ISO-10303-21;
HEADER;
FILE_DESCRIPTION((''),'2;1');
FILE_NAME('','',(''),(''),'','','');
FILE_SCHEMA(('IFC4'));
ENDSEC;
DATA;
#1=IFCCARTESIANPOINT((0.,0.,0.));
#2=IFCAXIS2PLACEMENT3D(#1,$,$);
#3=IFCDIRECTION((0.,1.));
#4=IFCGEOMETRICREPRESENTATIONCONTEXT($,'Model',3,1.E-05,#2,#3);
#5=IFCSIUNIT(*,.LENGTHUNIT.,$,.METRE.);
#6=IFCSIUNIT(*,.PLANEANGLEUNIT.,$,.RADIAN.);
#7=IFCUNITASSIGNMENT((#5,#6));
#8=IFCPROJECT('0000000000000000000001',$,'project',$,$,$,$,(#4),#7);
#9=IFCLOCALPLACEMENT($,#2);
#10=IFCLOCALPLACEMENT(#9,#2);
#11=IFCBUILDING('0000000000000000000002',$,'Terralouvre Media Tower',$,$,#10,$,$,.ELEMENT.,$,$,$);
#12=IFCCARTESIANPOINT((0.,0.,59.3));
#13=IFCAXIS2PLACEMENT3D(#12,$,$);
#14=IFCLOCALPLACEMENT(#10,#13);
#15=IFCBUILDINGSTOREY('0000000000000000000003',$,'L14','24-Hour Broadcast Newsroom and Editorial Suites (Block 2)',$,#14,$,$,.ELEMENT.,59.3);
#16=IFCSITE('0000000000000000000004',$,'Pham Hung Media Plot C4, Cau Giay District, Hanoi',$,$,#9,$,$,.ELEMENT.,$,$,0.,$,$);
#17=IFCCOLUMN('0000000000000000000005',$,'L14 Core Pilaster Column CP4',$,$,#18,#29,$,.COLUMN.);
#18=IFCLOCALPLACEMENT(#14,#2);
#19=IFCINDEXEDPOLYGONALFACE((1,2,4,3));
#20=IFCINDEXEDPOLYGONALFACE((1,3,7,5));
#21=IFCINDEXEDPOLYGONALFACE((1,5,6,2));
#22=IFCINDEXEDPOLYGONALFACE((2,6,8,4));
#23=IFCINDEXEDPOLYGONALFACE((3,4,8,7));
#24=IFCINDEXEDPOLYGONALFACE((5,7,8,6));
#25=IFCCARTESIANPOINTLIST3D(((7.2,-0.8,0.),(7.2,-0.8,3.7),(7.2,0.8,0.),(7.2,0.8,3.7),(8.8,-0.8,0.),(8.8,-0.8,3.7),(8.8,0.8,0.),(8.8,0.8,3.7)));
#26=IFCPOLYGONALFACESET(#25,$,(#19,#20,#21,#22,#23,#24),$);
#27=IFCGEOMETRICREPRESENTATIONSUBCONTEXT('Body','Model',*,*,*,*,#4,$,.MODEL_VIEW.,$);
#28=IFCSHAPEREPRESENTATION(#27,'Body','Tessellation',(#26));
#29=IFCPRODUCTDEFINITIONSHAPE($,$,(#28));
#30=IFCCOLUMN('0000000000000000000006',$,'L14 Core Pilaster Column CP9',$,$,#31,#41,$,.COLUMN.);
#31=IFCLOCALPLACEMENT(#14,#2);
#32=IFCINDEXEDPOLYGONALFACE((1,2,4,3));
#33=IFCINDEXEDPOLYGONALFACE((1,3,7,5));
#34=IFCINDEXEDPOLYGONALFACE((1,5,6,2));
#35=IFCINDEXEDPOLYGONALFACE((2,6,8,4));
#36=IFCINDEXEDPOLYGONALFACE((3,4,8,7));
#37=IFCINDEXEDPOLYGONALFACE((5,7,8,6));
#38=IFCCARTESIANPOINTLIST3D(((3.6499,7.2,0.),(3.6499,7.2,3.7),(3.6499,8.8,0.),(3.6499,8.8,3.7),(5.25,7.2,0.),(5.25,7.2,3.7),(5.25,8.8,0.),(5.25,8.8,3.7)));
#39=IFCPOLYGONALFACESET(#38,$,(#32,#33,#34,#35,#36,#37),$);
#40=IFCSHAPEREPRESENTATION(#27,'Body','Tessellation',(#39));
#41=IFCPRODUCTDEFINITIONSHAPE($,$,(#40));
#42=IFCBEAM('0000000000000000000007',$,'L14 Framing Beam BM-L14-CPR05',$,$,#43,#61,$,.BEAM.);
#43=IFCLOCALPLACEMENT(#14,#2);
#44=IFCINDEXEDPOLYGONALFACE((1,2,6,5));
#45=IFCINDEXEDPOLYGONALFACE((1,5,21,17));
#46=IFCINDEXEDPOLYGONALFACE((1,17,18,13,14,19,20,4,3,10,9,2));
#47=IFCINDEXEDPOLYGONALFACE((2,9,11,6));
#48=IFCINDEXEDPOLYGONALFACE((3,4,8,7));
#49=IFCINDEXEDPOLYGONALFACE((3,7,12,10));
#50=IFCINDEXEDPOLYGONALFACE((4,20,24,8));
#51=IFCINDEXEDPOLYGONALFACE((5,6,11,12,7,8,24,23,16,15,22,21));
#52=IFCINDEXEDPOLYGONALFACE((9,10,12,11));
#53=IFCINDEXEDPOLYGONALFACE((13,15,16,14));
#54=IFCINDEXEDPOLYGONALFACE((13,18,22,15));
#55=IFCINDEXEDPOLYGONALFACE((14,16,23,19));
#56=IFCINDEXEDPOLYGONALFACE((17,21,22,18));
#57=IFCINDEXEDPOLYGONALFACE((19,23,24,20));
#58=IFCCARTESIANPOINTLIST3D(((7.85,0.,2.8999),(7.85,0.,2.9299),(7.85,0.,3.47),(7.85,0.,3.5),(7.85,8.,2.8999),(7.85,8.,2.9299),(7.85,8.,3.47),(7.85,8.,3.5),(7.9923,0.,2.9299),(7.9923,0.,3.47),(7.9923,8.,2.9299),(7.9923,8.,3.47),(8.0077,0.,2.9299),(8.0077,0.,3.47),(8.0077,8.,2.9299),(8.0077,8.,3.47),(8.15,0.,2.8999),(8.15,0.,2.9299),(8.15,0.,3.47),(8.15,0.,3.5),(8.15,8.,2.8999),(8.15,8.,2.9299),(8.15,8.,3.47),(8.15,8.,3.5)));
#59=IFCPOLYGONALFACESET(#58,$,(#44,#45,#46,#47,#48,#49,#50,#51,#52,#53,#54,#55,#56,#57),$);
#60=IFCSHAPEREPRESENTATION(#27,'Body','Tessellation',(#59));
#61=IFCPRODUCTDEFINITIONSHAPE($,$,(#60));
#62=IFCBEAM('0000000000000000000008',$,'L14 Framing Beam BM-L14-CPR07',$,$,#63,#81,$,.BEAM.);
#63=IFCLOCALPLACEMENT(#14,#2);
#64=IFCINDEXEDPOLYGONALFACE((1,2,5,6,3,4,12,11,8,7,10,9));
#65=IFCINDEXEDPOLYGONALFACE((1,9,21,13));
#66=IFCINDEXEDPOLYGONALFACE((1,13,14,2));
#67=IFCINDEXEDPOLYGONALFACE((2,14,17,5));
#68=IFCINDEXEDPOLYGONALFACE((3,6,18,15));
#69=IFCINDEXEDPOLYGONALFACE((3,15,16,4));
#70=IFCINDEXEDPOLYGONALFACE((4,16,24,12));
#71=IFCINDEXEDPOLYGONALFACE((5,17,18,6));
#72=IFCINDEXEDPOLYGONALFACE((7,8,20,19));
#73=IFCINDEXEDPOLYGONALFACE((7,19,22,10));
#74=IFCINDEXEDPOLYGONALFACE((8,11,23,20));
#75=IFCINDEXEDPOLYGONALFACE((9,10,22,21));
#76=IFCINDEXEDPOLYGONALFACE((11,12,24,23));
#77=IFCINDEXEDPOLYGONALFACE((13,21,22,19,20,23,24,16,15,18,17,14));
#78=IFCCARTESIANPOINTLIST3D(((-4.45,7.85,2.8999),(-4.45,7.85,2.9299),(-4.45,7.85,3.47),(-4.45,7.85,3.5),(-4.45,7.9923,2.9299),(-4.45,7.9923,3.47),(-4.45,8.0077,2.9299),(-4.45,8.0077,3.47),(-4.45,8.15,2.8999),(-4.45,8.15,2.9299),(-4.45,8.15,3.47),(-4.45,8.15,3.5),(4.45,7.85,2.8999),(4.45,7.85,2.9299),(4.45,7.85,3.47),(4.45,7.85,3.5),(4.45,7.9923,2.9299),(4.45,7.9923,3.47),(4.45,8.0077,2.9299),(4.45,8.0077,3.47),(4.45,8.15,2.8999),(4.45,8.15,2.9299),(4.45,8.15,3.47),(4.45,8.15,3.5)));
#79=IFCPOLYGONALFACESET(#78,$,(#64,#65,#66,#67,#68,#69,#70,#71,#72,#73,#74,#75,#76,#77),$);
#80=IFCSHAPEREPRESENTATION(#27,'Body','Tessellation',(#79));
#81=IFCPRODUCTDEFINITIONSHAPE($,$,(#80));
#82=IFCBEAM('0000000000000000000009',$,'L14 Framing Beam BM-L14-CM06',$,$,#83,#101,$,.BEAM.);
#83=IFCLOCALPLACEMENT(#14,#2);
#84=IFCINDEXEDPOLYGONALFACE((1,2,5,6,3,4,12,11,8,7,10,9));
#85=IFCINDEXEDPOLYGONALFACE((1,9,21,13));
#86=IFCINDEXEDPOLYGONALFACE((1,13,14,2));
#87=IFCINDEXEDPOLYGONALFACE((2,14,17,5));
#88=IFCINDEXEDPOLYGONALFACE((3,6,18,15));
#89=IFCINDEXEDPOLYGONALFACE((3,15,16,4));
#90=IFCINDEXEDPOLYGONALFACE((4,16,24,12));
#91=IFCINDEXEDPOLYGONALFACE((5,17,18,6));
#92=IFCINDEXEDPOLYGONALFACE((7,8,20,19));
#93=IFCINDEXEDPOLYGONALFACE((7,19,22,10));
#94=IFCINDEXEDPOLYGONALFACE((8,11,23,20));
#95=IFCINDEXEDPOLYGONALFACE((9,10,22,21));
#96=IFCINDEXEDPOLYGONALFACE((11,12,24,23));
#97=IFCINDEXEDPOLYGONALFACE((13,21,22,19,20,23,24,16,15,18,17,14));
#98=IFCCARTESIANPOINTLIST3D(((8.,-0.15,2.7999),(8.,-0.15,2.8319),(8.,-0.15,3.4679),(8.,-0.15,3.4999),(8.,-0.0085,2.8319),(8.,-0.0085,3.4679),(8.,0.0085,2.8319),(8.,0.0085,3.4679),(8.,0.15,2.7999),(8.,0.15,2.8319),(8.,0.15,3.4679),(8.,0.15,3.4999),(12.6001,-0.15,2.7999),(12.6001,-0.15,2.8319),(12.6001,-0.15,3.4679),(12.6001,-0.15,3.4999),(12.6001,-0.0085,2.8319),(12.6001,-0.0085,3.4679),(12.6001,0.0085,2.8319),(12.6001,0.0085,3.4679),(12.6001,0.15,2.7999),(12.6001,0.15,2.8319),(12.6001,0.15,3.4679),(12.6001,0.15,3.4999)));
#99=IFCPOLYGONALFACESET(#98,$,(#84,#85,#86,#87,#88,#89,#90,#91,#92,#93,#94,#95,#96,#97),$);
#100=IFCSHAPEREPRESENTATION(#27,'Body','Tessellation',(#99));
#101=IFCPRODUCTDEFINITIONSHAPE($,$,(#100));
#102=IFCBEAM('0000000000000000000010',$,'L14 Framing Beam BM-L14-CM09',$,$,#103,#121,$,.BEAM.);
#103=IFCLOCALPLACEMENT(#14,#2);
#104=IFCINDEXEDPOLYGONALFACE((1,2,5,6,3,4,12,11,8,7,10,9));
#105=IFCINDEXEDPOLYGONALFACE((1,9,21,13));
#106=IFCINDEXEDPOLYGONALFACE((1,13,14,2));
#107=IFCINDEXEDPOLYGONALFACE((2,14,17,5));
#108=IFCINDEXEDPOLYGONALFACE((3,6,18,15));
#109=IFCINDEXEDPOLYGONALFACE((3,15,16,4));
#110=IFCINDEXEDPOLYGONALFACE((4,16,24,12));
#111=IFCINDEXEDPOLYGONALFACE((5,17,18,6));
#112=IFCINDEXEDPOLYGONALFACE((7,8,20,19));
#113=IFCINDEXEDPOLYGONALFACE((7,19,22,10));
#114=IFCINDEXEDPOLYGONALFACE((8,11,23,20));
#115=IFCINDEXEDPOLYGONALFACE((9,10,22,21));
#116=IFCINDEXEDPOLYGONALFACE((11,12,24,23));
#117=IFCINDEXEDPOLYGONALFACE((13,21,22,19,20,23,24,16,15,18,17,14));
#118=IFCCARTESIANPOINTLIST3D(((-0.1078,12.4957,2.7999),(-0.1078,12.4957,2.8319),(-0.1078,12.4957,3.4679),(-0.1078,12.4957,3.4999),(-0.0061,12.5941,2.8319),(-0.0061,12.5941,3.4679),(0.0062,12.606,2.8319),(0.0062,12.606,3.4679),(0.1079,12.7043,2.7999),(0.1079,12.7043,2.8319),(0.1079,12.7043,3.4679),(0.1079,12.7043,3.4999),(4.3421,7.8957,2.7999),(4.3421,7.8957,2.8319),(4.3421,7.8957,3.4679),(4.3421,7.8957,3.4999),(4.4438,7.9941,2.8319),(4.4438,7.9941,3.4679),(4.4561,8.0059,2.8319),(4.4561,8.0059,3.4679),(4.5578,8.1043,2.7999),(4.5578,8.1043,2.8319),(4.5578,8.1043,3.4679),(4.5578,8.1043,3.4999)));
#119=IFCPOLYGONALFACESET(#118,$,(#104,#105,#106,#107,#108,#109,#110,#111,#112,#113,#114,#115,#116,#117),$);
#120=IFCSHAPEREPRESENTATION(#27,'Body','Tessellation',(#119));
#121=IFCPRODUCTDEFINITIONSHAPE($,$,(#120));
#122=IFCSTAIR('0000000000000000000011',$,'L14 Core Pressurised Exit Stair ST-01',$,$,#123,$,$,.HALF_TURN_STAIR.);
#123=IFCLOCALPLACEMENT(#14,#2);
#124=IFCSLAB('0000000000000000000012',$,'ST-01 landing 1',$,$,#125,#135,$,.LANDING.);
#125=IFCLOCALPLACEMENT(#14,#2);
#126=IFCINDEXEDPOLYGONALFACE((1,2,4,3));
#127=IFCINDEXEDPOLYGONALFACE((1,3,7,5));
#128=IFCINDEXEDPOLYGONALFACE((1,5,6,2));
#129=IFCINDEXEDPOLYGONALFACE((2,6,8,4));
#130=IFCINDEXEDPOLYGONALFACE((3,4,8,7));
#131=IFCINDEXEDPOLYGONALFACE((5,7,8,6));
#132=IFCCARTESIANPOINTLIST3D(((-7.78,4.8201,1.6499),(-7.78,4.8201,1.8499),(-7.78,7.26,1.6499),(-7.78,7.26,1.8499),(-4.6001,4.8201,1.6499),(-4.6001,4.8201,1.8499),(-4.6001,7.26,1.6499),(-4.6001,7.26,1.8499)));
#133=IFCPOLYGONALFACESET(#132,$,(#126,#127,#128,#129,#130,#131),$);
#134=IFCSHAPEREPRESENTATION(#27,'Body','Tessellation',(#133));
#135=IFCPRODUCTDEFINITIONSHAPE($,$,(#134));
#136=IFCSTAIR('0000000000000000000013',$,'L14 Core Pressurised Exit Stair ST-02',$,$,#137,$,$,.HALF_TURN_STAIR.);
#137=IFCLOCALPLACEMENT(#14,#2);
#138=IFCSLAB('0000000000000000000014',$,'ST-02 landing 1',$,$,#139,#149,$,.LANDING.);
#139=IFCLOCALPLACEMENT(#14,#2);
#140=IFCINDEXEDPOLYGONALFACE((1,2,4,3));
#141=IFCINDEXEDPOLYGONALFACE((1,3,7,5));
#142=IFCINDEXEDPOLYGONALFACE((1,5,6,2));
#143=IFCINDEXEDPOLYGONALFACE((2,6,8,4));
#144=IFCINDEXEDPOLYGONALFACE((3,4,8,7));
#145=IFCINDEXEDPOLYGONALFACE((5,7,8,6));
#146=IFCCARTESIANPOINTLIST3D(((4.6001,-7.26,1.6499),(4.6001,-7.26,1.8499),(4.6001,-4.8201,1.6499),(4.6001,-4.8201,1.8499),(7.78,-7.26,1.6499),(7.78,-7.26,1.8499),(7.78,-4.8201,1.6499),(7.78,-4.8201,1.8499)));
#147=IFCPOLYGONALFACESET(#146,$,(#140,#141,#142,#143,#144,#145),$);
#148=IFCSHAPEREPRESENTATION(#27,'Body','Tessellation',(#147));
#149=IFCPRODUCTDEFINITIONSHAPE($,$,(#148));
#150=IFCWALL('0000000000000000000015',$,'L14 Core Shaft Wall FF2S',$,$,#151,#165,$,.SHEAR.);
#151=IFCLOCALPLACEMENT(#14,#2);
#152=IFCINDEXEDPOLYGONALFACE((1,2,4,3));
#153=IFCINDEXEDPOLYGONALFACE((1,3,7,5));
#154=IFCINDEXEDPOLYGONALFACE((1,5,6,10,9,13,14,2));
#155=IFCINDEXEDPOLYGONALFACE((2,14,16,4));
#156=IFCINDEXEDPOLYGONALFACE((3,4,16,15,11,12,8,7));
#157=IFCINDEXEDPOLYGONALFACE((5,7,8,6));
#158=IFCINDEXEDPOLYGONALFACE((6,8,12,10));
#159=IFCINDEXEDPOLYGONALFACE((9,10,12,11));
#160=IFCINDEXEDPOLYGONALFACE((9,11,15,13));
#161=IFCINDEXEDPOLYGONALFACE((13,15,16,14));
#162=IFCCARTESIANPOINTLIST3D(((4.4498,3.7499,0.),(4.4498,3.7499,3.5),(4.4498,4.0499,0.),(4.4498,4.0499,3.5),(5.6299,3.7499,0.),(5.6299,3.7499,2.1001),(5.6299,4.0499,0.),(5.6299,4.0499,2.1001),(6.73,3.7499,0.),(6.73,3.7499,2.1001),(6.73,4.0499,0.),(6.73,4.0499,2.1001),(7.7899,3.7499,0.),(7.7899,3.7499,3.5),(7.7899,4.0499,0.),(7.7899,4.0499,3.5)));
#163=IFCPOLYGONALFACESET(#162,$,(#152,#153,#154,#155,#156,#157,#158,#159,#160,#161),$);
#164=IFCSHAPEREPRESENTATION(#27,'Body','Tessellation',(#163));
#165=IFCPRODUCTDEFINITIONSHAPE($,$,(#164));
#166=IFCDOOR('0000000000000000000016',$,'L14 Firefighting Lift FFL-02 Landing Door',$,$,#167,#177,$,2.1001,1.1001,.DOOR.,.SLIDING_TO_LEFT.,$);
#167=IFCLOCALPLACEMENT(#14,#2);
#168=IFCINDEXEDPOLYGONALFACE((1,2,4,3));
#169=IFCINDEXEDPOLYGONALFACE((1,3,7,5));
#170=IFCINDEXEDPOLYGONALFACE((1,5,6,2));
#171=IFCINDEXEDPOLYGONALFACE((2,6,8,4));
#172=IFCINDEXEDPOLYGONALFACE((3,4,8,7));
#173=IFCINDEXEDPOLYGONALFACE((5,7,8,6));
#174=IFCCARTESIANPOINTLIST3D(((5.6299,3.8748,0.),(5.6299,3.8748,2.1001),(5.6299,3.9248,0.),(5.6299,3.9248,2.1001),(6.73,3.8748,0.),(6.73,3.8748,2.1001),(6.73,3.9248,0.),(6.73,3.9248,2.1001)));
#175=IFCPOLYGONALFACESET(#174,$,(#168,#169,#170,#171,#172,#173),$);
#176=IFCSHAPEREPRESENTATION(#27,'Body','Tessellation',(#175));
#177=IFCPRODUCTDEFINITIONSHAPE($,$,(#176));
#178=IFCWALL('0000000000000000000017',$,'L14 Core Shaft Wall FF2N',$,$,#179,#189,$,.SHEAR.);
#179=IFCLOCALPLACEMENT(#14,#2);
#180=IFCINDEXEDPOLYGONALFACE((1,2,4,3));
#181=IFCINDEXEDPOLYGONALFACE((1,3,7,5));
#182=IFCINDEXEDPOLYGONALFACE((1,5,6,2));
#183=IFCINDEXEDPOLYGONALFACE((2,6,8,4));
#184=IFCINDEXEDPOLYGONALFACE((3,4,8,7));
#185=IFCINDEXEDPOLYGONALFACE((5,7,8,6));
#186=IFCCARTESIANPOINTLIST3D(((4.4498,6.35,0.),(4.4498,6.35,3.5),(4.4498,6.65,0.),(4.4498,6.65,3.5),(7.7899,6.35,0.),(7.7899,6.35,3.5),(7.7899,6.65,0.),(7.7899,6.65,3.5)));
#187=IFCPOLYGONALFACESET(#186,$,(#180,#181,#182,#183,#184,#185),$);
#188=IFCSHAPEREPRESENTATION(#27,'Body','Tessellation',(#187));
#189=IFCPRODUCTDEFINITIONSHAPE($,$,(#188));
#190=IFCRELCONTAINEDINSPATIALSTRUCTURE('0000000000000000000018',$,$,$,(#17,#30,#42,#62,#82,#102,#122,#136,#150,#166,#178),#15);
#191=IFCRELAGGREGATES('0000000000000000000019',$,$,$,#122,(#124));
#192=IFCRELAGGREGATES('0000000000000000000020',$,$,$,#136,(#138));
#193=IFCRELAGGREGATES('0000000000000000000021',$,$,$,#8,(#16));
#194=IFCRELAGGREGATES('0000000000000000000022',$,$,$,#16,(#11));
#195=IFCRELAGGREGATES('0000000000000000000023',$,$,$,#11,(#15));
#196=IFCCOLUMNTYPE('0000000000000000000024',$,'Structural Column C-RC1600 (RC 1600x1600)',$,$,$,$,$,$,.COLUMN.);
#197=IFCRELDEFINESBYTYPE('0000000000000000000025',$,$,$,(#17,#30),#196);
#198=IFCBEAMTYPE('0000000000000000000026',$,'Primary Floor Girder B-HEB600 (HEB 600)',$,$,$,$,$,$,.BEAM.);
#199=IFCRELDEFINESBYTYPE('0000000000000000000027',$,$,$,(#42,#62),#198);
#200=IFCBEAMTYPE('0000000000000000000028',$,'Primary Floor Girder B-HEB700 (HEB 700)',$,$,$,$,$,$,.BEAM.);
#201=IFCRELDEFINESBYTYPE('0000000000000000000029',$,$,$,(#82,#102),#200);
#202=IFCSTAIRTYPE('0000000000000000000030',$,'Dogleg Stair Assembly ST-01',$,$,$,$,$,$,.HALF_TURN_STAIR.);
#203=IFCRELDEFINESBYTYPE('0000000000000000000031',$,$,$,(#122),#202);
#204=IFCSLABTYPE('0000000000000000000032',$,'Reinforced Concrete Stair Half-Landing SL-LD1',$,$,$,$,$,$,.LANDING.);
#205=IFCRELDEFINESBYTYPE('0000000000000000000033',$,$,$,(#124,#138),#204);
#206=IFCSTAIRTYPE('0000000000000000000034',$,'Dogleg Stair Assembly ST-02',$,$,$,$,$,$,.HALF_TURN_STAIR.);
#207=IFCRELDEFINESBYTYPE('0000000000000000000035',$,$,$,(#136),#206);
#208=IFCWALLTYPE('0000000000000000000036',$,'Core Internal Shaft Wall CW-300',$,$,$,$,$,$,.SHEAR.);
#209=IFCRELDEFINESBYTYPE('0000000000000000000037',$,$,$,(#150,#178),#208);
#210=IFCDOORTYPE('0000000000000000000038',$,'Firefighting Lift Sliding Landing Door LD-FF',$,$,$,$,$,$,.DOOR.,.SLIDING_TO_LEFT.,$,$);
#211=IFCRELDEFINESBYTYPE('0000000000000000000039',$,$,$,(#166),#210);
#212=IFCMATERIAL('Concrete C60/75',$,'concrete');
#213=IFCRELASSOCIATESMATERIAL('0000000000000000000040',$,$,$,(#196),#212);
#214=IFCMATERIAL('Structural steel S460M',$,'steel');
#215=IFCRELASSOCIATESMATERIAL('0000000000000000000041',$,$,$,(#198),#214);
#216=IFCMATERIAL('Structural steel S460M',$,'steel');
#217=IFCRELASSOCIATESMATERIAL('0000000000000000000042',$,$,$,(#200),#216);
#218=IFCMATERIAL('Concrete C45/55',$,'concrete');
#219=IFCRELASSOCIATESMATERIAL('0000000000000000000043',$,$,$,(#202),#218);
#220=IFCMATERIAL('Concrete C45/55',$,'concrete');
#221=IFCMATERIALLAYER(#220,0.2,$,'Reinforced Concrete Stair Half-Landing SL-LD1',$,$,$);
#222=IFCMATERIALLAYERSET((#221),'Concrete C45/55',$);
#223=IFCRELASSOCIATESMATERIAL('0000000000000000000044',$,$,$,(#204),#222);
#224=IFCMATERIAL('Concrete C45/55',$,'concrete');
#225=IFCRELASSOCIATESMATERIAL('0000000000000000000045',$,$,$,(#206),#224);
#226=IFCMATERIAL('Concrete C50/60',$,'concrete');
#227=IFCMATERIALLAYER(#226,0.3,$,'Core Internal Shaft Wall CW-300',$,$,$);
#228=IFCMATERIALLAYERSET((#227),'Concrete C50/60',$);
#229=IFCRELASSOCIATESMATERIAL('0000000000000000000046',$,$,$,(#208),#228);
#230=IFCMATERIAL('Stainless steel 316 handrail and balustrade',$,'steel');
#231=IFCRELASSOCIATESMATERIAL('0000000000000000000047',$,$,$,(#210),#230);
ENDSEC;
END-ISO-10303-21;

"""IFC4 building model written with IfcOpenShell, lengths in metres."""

from ifc_helpers import new_model, si_unit, direction, frame, frame_2d, origin, origin_2d, place, context, subcontext, project, spatial, polyline, rectangle, i_section, outline, extrude, material, layer, layer_set, material_profile, profile_set, type_object, element, fill, aggregate, save


model = new_model("IFC4")

# Units and contexts
model_context = context("Model", 3, precision=1e-05, world=origin(), true_north=direction((0.0, 1.0)))
body_context = subcontext(model_context, "Body", "Model", "MODEL_VIEW")
ifc_project = project(units=[si_unit("LENGTHUNIT", "METRE"), si_unit("PLANEANGLEUNIT", "RADIAN")], contexts=[model_context])

# Site, building, storey
site_placement = place(None, origin())
site = spatial("IfcSite", under=ifc_project, at=site_placement, Name="Pham Hung Media Plot C4, Cau Giay District, Hanoi", CompositionType="ELEMENT", RefElevation=0.0)
building_placement = place(site_placement, origin())
building = spatial("IfcBuilding", under=site, at=building_placement, Name="Terralouvre Media Tower", CompositionType="ELEMENT")
storey_placement = place(building_placement, frame((0.0, 0.0, 59.3)))
storey = spatial("IfcBuildingStorey", under=building, at=storey_placement, Name="L14", Description="24-Hour Broadcast Newsroom and Editorial Suites (Block 2)", CompositionType="ELEMENT", Elevation=59.3)

# Columns
ifc_material_1 = material(Name="Concrete C60/75", Category="concrete")
ifc_material_profile_1 = material_profile(ifc_material_1, rectangle(XDim=1.6001, YDim=1.6001, at=origin_2d()), Name="RC 1600x1600")
ifc_profile_set_1 = profile_set([ifc_material_profile_1], Name="Concrete C60/75")
column_type = type_object("IfcColumnType", Name="Structural Column C-RC1600 (RC 1600x1600)", PredefinedType="COLUMN", material=ifc_profile_set_1)
for number, where, z_axis, x_axis, name in (
    (1, (8.0, 0.0, 0.0), (0.0, 0.0, 1.0), (1.0, 0.0, 0.0), "L14 Core Pilaster Column CP4"),
    (2, (4.45, 8.0, 0.0), (0.0, 0.0, 1.0), (1.0, 0.0, 0.0), "L14 Core Pilaster Column CP9"),
):
    element("IfcColumn", number, at=place(storey_placement, frame(where, z_axis=z_axis, x_axis=x_axis)), inside=storey, type_object=column_type, Name=name, PredefinedType="COLUMN", context=body_context, shape_type="SweptSolid", body=[
        extrude(rectangle(XDim=1.6001, YDim=1.6001, at=origin_2d()), origin(), (0.0, 0.0, 1.0), 3.7),
    ])

# Beams
ifc_material_2 = material(Name="Structural steel S460M", Category="steel")
ifc_material_profile_2 = material_profile(ifc_material_2, i_section(OverallWidth=0.3, OverallDepth=0.6001, WebThickness=0.0154, FlangeThickness=0.03, at=origin_2d()), Name="HEB 600")
ifc_profile_set_2 = profile_set([ifc_material_profile_2], Name="Structural steel S460M")
beam_type_1 = type_object("IfcBeamType", Name="Primary Floor Girder B-HEB600 (HEB 600)", PredefinedType="BEAM", material=ifc_profile_set_2)
beam_1_placement = place(storey_placement, frame((8.0, 0.0, 3.2), z_axis=(0.0, 1.0, 0.0), x_axis=(-1.0, 0.0, 0.0)))
element("IfcBeam", 3, at=beam_1_placement, inside=storey, type_object=beam_type_1, Name="L14 Framing Beam BM-L14-CPR05", PredefinedType="BEAM", context=body_context, shape_type="SweptSolid", body=[
    extrude(i_section(OverallWidth=0.3, OverallDepth=0.6001, WebThickness=0.0154, FlangeThickness=0.03, at=origin_2d()), origin(), (0.0, 0.0, 1.0), 8.0),
])
beam_2_placement = place(storey_placement, frame((4.45, 8.0, 3.2), z_axis=(-1.0, 0.0, 0.0), x_axis=(0.0, -1.0, 0.0)))
element("IfcBeam", 4, at=beam_2_placement, inside=storey, type_object=beam_type_1, Name="L14 Framing Beam BM-L14-CPR07", PredefinedType="BEAM", context=body_context, shape_type="SweptSolid", body=[
    extrude(i_section(OverallWidth=0.3, OverallDepth=0.6001, WebThickness=0.0154, FlangeThickness=0.03, at=origin_2d()), origin(), (0.0, 0.0, 1.0), 8.8999),
])
ifc_material_3 = material(Name="Structural steel S460M", Category="steel")
ifc_material_profile_3 = material_profile(ifc_material_3, i_section(OverallWidth=0.3, OverallDepth=0.7, WebThickness=0.0171, FlangeThickness=0.032, at=origin_2d()), Name="HEB 700")
ifc_profile_set_3 = profile_set([ifc_material_profile_3], Name="Structural steel S460M")
beam_type_2 = type_object("IfcBeamType", Name="Primary Floor Girder B-HEB700 (HEB 700)", PredefinedType="BEAM", material=ifc_profile_set_3)
beam_3_placement = place(storey_placement, frame((8.0, 0.0, 3.1499), z_axis=(1.0, 0.0, 0.0), x_axis=(0.0, 1.0, 0.0)))
element("IfcBeam", 5, at=beam_3_placement, inside=storey, type_object=beam_type_2, Name="L14 Framing Beam BM-L14-CM06", PredefinedType="BEAM", context=body_context, shape_type="SweptSolid", body=[
    extrude(i_section(OverallWidth=0.3, OverallDepth=0.7, WebThickness=0.0171, FlangeThickness=0.032, at=origin_2d()), origin(), (0.0, 0.0, 1.0), 4.6001),
])
beam_4_placement = place(storey_placement, frame((4.45, 8.0, 3.1499), z_axis=(-0.69528, 0.718739, 0.0), x_axis=(-0.718739, -0.69528, 0.0)))
element("IfcBeam", 6, at=beam_4_placement, inside=storey, type_object=beam_type_2, Name="L14 Framing Beam BM-L14-CM09", PredefinedType="BEAM", context=body_context, shape_type="SweptSolid", body=[
    extrude(i_section(OverallWidth=0.3, OverallDepth=0.7, WebThickness=0.0171, FlangeThickness=0.032, at=origin_2d()), origin(), (0.0, 0.0, 1.0), 6.4001),
])

# Stairs, slabs
ifc_material_4 = material(Name="Concrete C45/55", Category="concrete")
stair_type_1 = type_object("IfcStairType", Name="Dogleg Stair Assembly ST-01", PredefinedType="HALF_TURN_STAIR", material=ifc_material_4)
stair_1_placement = place(storey_placement, origin())
stair_1 = element("IfcStair", 7, at=stair_1_placement, inside=storey, type_object=stair_type_1, Name="L14 Core Pressurised Exit Stair ST-01", PredefinedType="HALF_TURN_STAIR")
ifc_material_5 = material(Name="Concrete C45/55", Category="concrete")
ifc_layer_1 = layer(ifc_material_5, 0.2, Name="Reinforced Concrete Stair Half-Landing SL-LD1")
ifc_layer_set_1 = layer_set([ifc_layer_1], Name="Concrete C45/55")
slab_type = type_object("IfcSlabType", Name="Reinforced Concrete Stair Half-Landing SL-LD1", PredefinedType="LANDING", material=ifc_layer_set_1)
slab_1_placement = place(storey_placement, frame((0.0, 0.0, 1.6499)))
slab_1 = element("IfcSlab", 8, at=slab_1_placement, type_object=slab_type, Name="ST-01 landing 1", PredefinedType="LANDING", context=body_context, shape_type="SweptSolid", body=[
    extrude(outline(polyline([(-4.6001, 4.8201), (-4.6001, 7.26), (-7.78, 7.26), (-7.78, 4.8201), (-4.6001, 4.8201)])), origin(), (0.0, 0.0, 1.0), 0.2),
])
aggregate(stair_1, [slab_1])
ifc_material_6 = material(Name="Concrete C45/55", Category="concrete")
stair_type_2 = type_object("IfcStairType", Name="Dogleg Stair Assembly ST-02", PredefinedType="HALF_TURN_STAIR", material=ifc_material_6)
stair_2_placement = place(storey_placement, origin())
stair_2 = element("IfcStair", 9, at=stair_2_placement, inside=storey, type_object=stair_type_2, Name="L14 Core Pressurised Exit Stair ST-02", PredefinedType="HALF_TURN_STAIR")
slab_2_placement = place(storey_placement, frame((0.0, 0.0, 1.6499)))
slab_2 = element("IfcSlab", 10, at=slab_2_placement, type_object=slab_type, Name="ST-02 landing 1", PredefinedType="LANDING", context=body_context, shape_type="SweptSolid", body=[
    extrude(outline(polyline([(4.6001, -4.8201), (4.6001, -7.26), (7.78, -7.26), (7.78, -4.8201), (4.6001, -4.8201)])), origin(), (0.0, 0.0, 1.0), 0.2),
])
aggregate(stair_2, [slab_2])

# Wall, opening, door
ifc_material_7 = material(Name="Concrete C50/60", Category="concrete")
ifc_layer_2 = layer(ifc_material_7, 0.3, Name="Core Internal Shaft Wall CW-300")
ifc_layer_set_2 = layer_set([ifc_layer_2], Name="Concrete C50/60")
wall_type_1 = type_object("IfcWallType", Name="Core Internal Shaft Wall CW-300", PredefinedType="SHEAR", material=ifc_layer_set_2)
wall_1_placement = place(storey_placement, frame((4.45, 3.8999, 0.0), z_axis=(0.0, 0.0, 1.0), x_axis=(1.0, 0.0, 0.0)))
wall_1 = element("IfcWall", 11, at=wall_1_placement, inside=storey, type_object=wall_type_1, Name="L14 Core Shaft Wall FF2S", PredefinedType="SHEAR", context=body_context, shape_type="SweptSolid", body=[
    extrude(rectangle(XDim=3.3401, YDim=0.3, at=frame_2d((1.6699, 0.0))), origin(), (0.0, 0.0, 1.0), 3.5),
])
opening_1_placement = place(wall_1_placement, frame((1.1799, 0.0, 0.0)))
opening_1 = element("IfcOpeningElement", 12, at=opening_1_placement, cuts=wall_1, PredefinedType="OPENING", context=body_context, shape_type="SweptSolid", body=[
    extrude(rectangle(XDim=1.1001, YDim=2.1001, at=frame_2d((0.55, 1.05))), frame((0.0, 0.1599, 0.0), z_axis=(0.0, -1.0, 0.0), x_axis=(1.0, 0.0, 0.0)), (0.0, 0.0, 1.0), 0.3201),
])
ifc_material_8 = material(Name="Stainless steel 316 handrail and balustrade", Category="steel")
door_type_1 = type_object("IfcDoorType", Name="Firefighting Lift Sliding Landing Door LD-FF", OperationType="SLIDING_TO_LEFT", PredefinedType="DOOR", material=ifc_material_8)
door_1_placement = place(opening_1_placement, origin())
door_1 = element("IfcDoor", 13, at=door_1_placement, inside=storey, type_object=door_type_1, Name="L14 Firefighting Lift FFL-02 Landing Door", OperationType="SLIDING_TO_LEFT", OverallHeight=2.1001, OverallWidth=1.1001, PredefinedType="DOOR", context=body_context, shape_type="SweptSolid", body=[
    extrude(rectangle(XDim=1.1001, YDim=2.1001, at=frame_2d((0.55, 1.05))), frame((0.0, 0.0249, 0.0), z_axis=(0.0, -1.0, 0.0), x_axis=(1.0, 0.0, 0.0)), (0.0, 0.0, 1.0), 0.05),
])
fill(opening_1, door_1)

# Wall
wall_2_placement = place(storey_placement, frame((4.45, 6.5, 0.0), z_axis=(0.0, 0.0, 1.0), x_axis=(1.0, 0.0, 0.0)))
element("IfcWall", 14, at=wall_2_placement, inside=storey, type_object=wall_type_1, Name="L14 Core Shaft Wall FF2N", PredefinedType="SHEAR", context=body_context, shape_type="SweptSolid", body=[
    extrude(rectangle(XDim=3.3401, YDim=0.3, at=frame_2d((1.6699, 0.0))), origin(), (0.0, 0.0, 1.0), 3.5),
])

save(model, "model.ifc")
